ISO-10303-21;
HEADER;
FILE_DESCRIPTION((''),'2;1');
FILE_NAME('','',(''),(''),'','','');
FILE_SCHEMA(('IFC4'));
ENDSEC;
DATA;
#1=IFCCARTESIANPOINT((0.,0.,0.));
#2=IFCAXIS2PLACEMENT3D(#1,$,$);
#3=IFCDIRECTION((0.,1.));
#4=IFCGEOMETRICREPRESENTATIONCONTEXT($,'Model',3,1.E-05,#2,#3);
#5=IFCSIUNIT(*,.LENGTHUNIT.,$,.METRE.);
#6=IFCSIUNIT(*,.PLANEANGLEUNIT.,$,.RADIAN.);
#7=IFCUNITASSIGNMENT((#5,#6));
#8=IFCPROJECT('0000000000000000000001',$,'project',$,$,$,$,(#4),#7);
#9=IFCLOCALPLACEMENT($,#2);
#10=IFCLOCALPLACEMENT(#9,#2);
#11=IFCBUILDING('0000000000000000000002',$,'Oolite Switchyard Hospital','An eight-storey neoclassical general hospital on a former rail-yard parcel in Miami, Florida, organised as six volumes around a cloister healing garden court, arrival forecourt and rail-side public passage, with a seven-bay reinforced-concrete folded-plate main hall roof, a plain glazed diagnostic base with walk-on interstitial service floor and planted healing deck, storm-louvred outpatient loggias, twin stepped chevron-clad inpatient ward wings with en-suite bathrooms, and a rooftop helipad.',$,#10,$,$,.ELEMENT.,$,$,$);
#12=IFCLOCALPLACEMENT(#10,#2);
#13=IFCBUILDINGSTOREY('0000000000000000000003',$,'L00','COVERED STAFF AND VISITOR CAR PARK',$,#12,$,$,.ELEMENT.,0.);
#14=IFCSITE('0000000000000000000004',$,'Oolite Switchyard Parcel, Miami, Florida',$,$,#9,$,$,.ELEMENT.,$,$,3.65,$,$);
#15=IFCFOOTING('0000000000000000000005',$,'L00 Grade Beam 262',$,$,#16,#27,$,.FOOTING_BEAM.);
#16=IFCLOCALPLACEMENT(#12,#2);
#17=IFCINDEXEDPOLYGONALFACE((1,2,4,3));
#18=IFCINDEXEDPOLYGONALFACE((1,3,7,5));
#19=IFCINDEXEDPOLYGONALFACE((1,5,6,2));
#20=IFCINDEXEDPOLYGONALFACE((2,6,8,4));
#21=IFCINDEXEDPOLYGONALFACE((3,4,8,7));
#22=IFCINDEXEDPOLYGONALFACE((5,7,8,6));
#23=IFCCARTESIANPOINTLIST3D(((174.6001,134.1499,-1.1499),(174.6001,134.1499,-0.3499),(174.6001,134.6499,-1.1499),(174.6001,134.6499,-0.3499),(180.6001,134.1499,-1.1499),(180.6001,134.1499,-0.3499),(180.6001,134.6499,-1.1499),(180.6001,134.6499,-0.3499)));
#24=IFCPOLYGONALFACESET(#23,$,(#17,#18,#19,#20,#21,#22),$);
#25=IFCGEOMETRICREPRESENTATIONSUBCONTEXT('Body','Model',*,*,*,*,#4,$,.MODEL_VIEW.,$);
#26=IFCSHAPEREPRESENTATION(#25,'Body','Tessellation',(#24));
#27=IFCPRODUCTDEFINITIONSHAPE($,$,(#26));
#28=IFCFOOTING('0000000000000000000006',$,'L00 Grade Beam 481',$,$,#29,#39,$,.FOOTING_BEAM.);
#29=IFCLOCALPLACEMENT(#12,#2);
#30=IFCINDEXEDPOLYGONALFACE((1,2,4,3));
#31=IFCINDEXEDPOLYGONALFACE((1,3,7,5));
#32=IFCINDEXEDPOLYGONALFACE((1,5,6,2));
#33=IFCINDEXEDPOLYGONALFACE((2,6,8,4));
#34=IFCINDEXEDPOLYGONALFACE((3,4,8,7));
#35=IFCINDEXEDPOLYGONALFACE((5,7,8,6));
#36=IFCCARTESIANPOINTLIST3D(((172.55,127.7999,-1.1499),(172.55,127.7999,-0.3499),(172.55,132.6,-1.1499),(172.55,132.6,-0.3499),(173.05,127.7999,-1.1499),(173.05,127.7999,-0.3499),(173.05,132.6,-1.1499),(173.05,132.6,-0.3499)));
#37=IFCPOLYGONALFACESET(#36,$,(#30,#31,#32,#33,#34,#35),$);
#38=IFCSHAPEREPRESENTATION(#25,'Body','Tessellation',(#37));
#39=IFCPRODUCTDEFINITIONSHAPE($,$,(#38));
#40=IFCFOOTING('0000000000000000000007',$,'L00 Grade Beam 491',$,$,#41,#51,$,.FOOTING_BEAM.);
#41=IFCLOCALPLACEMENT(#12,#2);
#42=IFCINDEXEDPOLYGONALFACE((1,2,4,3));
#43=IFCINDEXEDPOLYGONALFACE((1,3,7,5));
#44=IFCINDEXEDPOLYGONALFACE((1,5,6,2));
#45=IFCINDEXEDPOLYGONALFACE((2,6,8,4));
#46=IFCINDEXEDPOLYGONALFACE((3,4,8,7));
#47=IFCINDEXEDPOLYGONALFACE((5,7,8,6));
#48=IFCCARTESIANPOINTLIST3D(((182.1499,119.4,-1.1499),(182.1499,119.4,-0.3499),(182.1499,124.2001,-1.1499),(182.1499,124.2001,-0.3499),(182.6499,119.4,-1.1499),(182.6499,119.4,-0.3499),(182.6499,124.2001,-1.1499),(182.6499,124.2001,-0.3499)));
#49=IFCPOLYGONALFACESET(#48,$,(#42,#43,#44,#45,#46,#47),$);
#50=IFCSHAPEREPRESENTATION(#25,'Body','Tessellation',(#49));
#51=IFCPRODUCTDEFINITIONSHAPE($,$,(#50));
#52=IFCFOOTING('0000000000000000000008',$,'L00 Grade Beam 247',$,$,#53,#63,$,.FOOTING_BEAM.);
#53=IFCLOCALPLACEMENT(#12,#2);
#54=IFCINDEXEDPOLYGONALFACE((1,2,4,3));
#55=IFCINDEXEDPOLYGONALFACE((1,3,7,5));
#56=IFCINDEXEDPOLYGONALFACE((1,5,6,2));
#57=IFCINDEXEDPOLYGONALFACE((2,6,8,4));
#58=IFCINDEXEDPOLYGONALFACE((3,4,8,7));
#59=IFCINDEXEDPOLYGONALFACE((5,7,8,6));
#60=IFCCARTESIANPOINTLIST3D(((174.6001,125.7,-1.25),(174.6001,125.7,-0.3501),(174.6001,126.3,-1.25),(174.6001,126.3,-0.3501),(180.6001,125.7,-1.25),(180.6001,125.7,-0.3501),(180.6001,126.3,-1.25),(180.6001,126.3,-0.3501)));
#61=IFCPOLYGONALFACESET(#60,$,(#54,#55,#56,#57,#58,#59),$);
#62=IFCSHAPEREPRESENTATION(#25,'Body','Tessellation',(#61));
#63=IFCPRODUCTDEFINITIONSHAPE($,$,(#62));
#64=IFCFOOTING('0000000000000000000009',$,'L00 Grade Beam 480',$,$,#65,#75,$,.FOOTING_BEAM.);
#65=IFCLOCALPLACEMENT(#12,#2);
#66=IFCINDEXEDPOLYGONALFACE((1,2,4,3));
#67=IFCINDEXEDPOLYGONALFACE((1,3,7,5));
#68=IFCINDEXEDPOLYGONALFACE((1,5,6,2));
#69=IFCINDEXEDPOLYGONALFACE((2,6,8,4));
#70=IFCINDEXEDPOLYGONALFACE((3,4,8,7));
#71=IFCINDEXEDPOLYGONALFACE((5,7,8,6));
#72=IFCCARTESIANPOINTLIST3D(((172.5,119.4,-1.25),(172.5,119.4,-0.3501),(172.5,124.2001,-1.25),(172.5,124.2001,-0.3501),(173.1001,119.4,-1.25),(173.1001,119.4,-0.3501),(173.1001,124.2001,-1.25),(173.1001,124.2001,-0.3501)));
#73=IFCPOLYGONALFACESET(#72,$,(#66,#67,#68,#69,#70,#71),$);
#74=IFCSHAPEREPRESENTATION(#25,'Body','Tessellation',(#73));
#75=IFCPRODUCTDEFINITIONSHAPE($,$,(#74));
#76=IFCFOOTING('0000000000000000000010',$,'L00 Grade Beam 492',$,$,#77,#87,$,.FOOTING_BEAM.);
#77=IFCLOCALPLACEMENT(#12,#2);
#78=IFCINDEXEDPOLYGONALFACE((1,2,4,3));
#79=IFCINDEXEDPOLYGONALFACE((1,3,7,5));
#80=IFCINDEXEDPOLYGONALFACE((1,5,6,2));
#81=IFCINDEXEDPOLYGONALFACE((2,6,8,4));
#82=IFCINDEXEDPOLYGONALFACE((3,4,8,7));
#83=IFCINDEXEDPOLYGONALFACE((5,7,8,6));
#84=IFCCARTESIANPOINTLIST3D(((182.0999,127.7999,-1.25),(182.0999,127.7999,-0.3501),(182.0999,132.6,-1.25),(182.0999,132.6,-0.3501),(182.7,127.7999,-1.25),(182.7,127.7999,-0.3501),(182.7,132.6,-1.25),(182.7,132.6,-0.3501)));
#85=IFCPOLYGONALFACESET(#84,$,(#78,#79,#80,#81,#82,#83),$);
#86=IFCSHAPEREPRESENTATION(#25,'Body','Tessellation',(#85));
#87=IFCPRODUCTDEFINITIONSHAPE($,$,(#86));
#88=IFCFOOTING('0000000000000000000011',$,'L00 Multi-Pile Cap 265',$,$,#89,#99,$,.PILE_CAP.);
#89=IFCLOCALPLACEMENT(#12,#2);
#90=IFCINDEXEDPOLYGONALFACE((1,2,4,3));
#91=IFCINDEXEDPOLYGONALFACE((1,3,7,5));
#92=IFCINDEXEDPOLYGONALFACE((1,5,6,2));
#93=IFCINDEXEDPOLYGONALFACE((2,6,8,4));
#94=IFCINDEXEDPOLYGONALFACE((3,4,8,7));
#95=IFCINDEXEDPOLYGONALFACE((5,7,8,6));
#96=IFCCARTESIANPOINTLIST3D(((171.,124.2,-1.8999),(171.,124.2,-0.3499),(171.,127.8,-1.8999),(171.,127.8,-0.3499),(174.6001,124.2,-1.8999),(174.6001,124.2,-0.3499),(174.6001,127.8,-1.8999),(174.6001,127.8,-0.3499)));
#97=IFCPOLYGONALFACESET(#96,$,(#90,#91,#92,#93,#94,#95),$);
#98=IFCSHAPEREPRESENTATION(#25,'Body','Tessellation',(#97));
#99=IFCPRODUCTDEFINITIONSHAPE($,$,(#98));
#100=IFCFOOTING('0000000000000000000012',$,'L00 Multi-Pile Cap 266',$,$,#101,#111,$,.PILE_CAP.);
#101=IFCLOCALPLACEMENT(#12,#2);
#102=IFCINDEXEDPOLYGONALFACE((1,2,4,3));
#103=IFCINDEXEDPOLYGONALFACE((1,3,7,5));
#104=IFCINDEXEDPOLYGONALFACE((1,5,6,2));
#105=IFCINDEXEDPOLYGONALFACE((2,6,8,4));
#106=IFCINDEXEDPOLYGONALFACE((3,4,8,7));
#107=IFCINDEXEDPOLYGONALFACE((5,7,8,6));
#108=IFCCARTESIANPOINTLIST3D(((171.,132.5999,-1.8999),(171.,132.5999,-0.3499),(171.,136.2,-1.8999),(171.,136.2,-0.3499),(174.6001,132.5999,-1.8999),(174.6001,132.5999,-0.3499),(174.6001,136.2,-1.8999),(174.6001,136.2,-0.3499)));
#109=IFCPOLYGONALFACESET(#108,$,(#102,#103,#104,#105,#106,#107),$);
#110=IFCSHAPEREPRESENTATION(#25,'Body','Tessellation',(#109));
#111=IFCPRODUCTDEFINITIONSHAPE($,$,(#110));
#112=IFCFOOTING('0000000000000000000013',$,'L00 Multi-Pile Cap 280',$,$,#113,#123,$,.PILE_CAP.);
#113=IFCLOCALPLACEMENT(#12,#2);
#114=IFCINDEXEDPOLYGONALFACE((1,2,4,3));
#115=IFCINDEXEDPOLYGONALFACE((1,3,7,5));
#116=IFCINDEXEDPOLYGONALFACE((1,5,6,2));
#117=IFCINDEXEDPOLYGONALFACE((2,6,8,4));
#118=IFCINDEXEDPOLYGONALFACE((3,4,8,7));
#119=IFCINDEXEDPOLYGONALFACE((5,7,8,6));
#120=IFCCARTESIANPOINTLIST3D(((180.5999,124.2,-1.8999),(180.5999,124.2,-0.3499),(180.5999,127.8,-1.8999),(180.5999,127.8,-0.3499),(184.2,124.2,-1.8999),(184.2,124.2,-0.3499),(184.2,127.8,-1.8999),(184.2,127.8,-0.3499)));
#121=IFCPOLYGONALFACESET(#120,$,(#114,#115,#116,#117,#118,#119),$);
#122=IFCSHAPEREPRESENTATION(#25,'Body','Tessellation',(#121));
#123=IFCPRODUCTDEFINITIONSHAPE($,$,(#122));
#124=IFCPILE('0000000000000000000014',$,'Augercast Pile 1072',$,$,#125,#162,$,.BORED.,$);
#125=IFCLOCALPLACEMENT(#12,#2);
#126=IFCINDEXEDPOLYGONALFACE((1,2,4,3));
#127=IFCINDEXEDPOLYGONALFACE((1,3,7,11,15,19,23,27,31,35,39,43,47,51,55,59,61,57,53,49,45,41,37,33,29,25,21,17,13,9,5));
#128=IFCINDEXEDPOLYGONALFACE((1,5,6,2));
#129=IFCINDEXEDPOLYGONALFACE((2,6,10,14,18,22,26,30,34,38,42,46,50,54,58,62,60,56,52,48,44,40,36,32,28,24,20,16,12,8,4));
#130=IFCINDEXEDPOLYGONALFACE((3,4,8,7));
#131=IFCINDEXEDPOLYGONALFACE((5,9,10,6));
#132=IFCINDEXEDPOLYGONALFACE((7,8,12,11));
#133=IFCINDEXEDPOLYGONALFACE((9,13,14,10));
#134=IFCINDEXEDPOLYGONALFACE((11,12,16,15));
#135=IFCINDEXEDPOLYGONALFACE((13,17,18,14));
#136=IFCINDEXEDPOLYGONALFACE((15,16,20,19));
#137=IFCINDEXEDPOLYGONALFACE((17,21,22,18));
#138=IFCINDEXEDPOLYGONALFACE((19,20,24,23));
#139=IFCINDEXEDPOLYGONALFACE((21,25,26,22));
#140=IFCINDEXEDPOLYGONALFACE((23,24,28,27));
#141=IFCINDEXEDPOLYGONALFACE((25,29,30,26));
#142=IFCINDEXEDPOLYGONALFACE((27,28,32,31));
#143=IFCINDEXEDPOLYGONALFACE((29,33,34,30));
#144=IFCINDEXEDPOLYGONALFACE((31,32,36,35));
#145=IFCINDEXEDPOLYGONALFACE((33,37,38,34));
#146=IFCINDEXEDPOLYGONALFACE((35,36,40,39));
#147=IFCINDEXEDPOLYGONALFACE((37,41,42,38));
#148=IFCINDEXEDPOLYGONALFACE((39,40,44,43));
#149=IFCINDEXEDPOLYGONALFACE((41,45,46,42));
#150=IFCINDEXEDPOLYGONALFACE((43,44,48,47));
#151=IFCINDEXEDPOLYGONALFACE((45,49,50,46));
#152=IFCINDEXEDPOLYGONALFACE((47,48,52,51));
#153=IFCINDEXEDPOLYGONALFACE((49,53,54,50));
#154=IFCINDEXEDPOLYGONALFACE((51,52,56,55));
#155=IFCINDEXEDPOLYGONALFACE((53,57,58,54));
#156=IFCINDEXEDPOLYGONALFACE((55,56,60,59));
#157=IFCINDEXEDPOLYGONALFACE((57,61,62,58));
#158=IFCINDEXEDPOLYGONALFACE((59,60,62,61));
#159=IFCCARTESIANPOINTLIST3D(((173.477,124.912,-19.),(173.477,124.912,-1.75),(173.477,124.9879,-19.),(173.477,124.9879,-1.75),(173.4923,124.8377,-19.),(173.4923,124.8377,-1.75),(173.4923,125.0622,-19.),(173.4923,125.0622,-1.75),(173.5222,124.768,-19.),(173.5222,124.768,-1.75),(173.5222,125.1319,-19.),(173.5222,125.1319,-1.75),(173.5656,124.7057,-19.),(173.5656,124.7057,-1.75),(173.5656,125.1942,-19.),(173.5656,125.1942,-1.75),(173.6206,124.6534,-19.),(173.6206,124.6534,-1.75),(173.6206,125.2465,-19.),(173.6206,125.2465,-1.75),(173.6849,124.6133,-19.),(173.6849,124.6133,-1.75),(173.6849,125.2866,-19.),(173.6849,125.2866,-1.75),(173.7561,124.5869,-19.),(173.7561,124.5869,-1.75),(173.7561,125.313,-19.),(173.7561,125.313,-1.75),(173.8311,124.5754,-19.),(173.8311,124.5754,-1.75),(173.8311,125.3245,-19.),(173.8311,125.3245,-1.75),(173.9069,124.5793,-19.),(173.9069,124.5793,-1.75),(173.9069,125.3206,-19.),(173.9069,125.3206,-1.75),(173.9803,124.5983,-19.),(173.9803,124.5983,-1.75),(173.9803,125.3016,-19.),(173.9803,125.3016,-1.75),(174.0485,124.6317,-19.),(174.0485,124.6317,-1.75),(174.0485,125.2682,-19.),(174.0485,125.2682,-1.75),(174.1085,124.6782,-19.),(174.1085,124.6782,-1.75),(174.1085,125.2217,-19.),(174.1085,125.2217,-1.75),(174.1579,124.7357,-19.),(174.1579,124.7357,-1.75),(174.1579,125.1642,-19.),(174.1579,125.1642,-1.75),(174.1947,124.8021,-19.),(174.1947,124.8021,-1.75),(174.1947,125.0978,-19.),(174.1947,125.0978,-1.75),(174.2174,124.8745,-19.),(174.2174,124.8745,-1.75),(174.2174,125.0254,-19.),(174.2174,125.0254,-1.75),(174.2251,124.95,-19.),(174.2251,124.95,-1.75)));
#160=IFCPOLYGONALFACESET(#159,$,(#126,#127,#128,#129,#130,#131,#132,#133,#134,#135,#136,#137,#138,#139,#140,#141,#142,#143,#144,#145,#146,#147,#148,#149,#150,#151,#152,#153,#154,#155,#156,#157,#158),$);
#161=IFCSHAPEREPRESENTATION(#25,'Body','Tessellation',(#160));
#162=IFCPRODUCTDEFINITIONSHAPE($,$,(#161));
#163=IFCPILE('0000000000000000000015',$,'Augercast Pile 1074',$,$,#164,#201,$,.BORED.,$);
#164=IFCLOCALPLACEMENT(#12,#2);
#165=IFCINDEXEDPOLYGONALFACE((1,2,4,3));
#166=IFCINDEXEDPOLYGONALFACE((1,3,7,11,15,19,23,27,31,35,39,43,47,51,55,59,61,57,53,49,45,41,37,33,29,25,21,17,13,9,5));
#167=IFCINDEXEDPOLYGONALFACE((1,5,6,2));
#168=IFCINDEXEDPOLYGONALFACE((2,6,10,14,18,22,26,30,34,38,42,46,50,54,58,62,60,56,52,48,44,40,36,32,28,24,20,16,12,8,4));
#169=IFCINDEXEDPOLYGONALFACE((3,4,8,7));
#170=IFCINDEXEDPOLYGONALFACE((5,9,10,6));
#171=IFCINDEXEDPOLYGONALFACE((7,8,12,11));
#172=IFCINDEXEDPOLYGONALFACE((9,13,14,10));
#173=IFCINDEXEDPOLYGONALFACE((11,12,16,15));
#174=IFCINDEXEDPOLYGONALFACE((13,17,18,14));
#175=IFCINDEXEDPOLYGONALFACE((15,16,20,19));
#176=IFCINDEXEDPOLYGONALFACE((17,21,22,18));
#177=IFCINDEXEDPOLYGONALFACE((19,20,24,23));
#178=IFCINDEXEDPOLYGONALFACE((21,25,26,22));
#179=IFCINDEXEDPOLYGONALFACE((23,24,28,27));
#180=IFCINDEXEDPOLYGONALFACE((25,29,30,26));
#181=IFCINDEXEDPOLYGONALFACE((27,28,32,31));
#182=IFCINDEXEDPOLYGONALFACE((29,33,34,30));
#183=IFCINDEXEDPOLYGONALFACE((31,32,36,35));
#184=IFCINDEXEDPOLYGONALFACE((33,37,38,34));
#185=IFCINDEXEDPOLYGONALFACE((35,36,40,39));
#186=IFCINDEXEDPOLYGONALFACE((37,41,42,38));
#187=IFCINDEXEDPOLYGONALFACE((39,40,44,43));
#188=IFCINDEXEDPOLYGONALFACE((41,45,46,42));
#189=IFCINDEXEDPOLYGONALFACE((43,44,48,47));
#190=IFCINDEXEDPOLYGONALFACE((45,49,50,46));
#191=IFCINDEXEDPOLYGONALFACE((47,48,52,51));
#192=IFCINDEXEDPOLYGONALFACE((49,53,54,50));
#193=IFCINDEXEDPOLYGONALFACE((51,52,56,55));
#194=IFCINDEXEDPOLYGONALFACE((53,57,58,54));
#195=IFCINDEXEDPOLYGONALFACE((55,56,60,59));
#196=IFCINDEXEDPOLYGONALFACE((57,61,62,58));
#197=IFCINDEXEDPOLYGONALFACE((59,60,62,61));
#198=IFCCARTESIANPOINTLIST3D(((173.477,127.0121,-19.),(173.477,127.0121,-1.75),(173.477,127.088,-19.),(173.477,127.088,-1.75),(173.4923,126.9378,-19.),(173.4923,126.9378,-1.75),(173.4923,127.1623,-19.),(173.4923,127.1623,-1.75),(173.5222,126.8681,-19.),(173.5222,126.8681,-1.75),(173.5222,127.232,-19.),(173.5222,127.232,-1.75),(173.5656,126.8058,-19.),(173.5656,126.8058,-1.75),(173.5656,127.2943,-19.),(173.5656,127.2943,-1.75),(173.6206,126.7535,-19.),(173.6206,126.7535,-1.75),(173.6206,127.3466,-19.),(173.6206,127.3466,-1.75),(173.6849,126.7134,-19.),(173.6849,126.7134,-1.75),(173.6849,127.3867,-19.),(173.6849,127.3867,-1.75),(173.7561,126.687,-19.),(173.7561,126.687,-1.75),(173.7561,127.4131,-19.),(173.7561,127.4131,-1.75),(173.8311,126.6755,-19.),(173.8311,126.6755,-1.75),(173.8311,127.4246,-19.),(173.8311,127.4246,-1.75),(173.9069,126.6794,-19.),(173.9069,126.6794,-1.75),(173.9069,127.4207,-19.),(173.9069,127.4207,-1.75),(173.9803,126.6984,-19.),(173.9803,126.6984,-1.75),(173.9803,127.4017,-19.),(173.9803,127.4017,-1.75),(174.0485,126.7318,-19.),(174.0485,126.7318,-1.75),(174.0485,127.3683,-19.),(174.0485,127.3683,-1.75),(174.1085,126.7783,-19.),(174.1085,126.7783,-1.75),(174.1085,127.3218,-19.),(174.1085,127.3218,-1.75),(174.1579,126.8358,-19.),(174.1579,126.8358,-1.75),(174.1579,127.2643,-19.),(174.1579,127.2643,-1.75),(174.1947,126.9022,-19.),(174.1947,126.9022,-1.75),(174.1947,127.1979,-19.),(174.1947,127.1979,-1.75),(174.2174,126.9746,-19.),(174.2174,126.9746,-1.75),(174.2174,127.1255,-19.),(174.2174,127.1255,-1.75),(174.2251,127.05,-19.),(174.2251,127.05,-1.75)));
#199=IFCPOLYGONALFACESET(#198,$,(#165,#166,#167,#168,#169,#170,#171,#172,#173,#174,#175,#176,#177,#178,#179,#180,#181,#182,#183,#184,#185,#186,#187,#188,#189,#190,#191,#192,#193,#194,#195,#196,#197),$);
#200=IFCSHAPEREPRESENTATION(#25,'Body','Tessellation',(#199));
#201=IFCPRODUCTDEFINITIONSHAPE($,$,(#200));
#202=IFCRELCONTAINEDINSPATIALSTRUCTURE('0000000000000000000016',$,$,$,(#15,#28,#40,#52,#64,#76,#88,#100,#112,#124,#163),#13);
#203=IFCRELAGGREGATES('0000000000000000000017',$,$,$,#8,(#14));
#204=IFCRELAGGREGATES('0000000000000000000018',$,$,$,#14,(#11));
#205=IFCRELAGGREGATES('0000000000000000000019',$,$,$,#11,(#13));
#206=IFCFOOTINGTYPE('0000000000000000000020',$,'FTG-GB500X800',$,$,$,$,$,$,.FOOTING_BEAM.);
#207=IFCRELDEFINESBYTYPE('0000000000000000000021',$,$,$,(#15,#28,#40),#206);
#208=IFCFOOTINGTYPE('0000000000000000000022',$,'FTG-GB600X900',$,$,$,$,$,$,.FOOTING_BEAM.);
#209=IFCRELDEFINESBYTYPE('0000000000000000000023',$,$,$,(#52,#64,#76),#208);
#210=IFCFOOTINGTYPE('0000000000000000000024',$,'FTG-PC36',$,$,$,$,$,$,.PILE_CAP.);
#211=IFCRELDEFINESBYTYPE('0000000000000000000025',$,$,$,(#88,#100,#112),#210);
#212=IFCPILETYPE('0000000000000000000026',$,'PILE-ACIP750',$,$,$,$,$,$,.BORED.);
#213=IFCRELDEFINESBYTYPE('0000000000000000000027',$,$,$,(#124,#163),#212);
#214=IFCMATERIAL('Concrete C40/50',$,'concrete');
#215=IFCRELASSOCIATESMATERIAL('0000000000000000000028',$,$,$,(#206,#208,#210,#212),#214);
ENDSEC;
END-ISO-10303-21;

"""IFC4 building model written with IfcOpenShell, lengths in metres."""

from ifc_helpers import new_model, si_unit, direction, frame, origin, origin_2d, place, context, subcontext, project, spatial, rectangle, circle, extrude, material, material_profile, profile_set, type_object, element, save


model = new_model("IFC4")

# Units and contexts
model_context = context("Model", 3, precision=1e-05, world=origin(), true_north=direction((0.0, 1.0)))
body_context = subcontext(model_context, "Body", "Model", "MODEL_VIEW")
ifc_project = project(units=[si_unit("LENGTHUNIT", "METRE"), si_unit("PLANEANGLEUNIT", "RADIAN")], contexts=[model_context])

# Site, building, storey
site_placement = place(None, origin())
site = spatial("IfcSite", under=ifc_project, at=site_placement, Name="Oolite Switchyard Parcel, Miami, Florida", CompositionType="ELEMENT", RefElevation=3.65)
building_placement = place(site_placement, origin())
building = spatial("IfcBuilding", under=site, at=building_placement, Name="Oolite Switchyard Hospital", Description="An eight-storey neoclassical general hospital on a former rail-yard parcel in Miami, Florida, organised as six volumes around a cloister healing garden court, arrival forecourt and rail-side public passage, with a seven-bay reinforced-concrete folded-plate main hall roof, a plain glazed diagnostic base with walk-on interstitial service floor and planted healing deck, storm-louvred outpatient loggias, twin stepped chevron-clad inpatient ward wings with en-suite bathrooms, and a rooftop helipad.", CompositionType="ELEMENT")
storey_placement = place(building_placement, origin())
storey = spatial("IfcBuildingStorey", under=building, at=storey_placement, Name="L00", Description="COVERED STAFF AND VISITOR CAR PARK", CompositionType="ELEMENT", Elevation=0.0)

# Footings
ifc_material_1 = material(Name="Concrete C40/50", Category="concrete")
footing_type_1 = type_object("IfcFootingType", Name="FTG-GB500X800", PredefinedType="FOOTING_BEAM", material=ifc_material_1)
footing_1_placement = place(storey_placement, frame((177.6001, 134.3999, -1.1499), z_axis=(0.0, 0.0, 1.0), x_axis=(1.0, 0.0, 0.0)))
element("IfcFooting", 1, at=footing_1_placement, inside=storey, type_object=footing_type_1, Name="L00 Grade Beam 262", PredefinedType="FOOTING_BEAM", context=body_context, shape_type="SweptSolid", body=[
    extrude(rectangle(XDim=6.0, YDim=0.5, at=origin_2d()), origin(), (0.0, 0.0, 1.0), 0.8),
])
for number, where, z_axis, x_axis, name in (
    (2, (172.8, 130.2, -1.1499), (0.0, 0.0, 1.0), (0.0, 1.0, 0.0), "L00 Grade Beam 481"),
    (3, (182.3999, 121.8, -1.1499), (0.0, 0.0, 1.0), (0.0, 1.0, 0.0), "L00 Grade Beam 491"),
):
    element("IfcFooting", number, at=place(storey_placement, frame(where, z_axis=z_axis, x_axis=x_axis)), inside=storey, type_object=footing_type_1, Name=name, PredefinedType="FOOTING_BEAM", context=body_context, shape_type="SweptSolid", body=[
        extrude(rectangle(XDim=4.8, YDim=0.5, at=origin_2d()), origin(), (0.0, 0.0, 1.0), 0.8),
    ])
footing_type_2 = type_object("IfcFootingType", Name="FTG-GB600X900", PredefinedType="FOOTING_BEAM", material=ifc_material_1)
footing_2_placement = place(storey_placement, frame((177.6001, 126.0, -1.25), z_axis=(0.0, 0.0, 1.0), x_axis=(1.0, 0.0, 0.0)))
element("IfcFooting", 4, at=footing_2_placement, inside=storey, type_object=footing_type_2, Name="L00 Grade Beam 247", PredefinedType="FOOTING_BEAM", context=body_context, shape_type="SweptSolid", body=[
    extrude(rectangle(XDim=6.0, YDim=0.6001, at=origin_2d()), origin(), (0.0, 0.0, 1.0), 0.8999),
])
for number, where, z_axis, x_axis, name in (
    (5, (172.8, 121.8, -1.25), (0.0, 0.0, 1.0), (0.0, 1.0, 0.0), "L00 Grade Beam 480"),
    (6, (182.3999, 130.2, -1.25), (0.0, 0.0, 1.0), (0.0, 1.0, 0.0), "L00 Grade Beam 492"),
):
    element("IfcFooting", number, at=place(storey_placement, frame(where, z_axis=z_axis, x_axis=x_axis)), inside=storey, type_object=footing_type_2, Name=name, PredefinedType="FOOTING_BEAM", context=body_context, shape_type="SweptSolid", body=[
        extrude(rectangle(XDim=4.8, YDim=0.6001, at=origin_2d()), origin(), (0.0, 0.0, 1.0), 0.8999),
    ])
footing_type_3 = type_object("IfcFootingType", Name="FTG-PC36", PredefinedType="PILE_CAP", material=ifc_material_1)
for number, where, z_axis, x_axis, name in (
    (7, (172.8, 126.0, -1.8999), (0.0, 0.0, 1.0), (1.0, 0.0, 0.0), "L00 Multi-Pile Cap 265"),
    (8, (172.8, 134.3999, -1.8999), (0.0, 0.0, 1.0), (1.0, 0.0, 0.0), "L00 Multi-Pile Cap 266"),
    (9, (182.3999, 126.0, -1.8999), (0.0, 0.0, 1.0), (1.0, 0.0, 0.0), "L00 Multi-Pile Cap 280"),
):
    element("IfcFooting", number, at=place(storey_placement, frame(where, z_axis=z_axis, x_axis=x_axis)), inside=storey, type_object=footing_type_3, Name=name, PredefinedType="PILE_CAP", context=body_context, shape_type="SweptSolid", body=[
        extrude(rectangle(XDim=3.6001, YDim=3.6001, at=origin_2d()), origin(), (0.0, 0.0, 1.0), 1.55),
    ])

# Piles
ifc_material_profile_1 = material_profile(ifc_material_1, circle(Radius=0.375, at=origin_2d()), Name="PILE750")
ifc_profile_set_1 = profile_set([ifc_material_profile_1], Name="Concrete C40/50")
pile_type = type_object("IfcPileType", Name="PILE-ACIP750", PredefinedType="BORED", material=ifc_profile_set_1)
for number, where, z_axis, x_axis, name in (
    (10, (173.8501, 124.95, -1.75), (0.0, 0.0, -1.0), (1.0, 0.0, 0.0), "Augercast Pile 1072"),
    (11, (173.8501, 127.05, -1.75), (0.0, 0.0, -1.0), (1.0, 0.0, 0.0), "Augercast Pile 1074"),
):
    element("IfcPile", number, at=place(storey_placement, frame(where, z_axis=z_axis, x_axis=x_axis)), inside=storey, type_object=pile_type, Name=name, PredefinedType="BORED", context=body_context, shape_type="SweptSolid", body=[
        extrude(circle(Radius=0.375, at=origin_2d()), origin(), (0.0, 0.0, 1.0), 17.25),
    ])

save(model, "model.ifc")
